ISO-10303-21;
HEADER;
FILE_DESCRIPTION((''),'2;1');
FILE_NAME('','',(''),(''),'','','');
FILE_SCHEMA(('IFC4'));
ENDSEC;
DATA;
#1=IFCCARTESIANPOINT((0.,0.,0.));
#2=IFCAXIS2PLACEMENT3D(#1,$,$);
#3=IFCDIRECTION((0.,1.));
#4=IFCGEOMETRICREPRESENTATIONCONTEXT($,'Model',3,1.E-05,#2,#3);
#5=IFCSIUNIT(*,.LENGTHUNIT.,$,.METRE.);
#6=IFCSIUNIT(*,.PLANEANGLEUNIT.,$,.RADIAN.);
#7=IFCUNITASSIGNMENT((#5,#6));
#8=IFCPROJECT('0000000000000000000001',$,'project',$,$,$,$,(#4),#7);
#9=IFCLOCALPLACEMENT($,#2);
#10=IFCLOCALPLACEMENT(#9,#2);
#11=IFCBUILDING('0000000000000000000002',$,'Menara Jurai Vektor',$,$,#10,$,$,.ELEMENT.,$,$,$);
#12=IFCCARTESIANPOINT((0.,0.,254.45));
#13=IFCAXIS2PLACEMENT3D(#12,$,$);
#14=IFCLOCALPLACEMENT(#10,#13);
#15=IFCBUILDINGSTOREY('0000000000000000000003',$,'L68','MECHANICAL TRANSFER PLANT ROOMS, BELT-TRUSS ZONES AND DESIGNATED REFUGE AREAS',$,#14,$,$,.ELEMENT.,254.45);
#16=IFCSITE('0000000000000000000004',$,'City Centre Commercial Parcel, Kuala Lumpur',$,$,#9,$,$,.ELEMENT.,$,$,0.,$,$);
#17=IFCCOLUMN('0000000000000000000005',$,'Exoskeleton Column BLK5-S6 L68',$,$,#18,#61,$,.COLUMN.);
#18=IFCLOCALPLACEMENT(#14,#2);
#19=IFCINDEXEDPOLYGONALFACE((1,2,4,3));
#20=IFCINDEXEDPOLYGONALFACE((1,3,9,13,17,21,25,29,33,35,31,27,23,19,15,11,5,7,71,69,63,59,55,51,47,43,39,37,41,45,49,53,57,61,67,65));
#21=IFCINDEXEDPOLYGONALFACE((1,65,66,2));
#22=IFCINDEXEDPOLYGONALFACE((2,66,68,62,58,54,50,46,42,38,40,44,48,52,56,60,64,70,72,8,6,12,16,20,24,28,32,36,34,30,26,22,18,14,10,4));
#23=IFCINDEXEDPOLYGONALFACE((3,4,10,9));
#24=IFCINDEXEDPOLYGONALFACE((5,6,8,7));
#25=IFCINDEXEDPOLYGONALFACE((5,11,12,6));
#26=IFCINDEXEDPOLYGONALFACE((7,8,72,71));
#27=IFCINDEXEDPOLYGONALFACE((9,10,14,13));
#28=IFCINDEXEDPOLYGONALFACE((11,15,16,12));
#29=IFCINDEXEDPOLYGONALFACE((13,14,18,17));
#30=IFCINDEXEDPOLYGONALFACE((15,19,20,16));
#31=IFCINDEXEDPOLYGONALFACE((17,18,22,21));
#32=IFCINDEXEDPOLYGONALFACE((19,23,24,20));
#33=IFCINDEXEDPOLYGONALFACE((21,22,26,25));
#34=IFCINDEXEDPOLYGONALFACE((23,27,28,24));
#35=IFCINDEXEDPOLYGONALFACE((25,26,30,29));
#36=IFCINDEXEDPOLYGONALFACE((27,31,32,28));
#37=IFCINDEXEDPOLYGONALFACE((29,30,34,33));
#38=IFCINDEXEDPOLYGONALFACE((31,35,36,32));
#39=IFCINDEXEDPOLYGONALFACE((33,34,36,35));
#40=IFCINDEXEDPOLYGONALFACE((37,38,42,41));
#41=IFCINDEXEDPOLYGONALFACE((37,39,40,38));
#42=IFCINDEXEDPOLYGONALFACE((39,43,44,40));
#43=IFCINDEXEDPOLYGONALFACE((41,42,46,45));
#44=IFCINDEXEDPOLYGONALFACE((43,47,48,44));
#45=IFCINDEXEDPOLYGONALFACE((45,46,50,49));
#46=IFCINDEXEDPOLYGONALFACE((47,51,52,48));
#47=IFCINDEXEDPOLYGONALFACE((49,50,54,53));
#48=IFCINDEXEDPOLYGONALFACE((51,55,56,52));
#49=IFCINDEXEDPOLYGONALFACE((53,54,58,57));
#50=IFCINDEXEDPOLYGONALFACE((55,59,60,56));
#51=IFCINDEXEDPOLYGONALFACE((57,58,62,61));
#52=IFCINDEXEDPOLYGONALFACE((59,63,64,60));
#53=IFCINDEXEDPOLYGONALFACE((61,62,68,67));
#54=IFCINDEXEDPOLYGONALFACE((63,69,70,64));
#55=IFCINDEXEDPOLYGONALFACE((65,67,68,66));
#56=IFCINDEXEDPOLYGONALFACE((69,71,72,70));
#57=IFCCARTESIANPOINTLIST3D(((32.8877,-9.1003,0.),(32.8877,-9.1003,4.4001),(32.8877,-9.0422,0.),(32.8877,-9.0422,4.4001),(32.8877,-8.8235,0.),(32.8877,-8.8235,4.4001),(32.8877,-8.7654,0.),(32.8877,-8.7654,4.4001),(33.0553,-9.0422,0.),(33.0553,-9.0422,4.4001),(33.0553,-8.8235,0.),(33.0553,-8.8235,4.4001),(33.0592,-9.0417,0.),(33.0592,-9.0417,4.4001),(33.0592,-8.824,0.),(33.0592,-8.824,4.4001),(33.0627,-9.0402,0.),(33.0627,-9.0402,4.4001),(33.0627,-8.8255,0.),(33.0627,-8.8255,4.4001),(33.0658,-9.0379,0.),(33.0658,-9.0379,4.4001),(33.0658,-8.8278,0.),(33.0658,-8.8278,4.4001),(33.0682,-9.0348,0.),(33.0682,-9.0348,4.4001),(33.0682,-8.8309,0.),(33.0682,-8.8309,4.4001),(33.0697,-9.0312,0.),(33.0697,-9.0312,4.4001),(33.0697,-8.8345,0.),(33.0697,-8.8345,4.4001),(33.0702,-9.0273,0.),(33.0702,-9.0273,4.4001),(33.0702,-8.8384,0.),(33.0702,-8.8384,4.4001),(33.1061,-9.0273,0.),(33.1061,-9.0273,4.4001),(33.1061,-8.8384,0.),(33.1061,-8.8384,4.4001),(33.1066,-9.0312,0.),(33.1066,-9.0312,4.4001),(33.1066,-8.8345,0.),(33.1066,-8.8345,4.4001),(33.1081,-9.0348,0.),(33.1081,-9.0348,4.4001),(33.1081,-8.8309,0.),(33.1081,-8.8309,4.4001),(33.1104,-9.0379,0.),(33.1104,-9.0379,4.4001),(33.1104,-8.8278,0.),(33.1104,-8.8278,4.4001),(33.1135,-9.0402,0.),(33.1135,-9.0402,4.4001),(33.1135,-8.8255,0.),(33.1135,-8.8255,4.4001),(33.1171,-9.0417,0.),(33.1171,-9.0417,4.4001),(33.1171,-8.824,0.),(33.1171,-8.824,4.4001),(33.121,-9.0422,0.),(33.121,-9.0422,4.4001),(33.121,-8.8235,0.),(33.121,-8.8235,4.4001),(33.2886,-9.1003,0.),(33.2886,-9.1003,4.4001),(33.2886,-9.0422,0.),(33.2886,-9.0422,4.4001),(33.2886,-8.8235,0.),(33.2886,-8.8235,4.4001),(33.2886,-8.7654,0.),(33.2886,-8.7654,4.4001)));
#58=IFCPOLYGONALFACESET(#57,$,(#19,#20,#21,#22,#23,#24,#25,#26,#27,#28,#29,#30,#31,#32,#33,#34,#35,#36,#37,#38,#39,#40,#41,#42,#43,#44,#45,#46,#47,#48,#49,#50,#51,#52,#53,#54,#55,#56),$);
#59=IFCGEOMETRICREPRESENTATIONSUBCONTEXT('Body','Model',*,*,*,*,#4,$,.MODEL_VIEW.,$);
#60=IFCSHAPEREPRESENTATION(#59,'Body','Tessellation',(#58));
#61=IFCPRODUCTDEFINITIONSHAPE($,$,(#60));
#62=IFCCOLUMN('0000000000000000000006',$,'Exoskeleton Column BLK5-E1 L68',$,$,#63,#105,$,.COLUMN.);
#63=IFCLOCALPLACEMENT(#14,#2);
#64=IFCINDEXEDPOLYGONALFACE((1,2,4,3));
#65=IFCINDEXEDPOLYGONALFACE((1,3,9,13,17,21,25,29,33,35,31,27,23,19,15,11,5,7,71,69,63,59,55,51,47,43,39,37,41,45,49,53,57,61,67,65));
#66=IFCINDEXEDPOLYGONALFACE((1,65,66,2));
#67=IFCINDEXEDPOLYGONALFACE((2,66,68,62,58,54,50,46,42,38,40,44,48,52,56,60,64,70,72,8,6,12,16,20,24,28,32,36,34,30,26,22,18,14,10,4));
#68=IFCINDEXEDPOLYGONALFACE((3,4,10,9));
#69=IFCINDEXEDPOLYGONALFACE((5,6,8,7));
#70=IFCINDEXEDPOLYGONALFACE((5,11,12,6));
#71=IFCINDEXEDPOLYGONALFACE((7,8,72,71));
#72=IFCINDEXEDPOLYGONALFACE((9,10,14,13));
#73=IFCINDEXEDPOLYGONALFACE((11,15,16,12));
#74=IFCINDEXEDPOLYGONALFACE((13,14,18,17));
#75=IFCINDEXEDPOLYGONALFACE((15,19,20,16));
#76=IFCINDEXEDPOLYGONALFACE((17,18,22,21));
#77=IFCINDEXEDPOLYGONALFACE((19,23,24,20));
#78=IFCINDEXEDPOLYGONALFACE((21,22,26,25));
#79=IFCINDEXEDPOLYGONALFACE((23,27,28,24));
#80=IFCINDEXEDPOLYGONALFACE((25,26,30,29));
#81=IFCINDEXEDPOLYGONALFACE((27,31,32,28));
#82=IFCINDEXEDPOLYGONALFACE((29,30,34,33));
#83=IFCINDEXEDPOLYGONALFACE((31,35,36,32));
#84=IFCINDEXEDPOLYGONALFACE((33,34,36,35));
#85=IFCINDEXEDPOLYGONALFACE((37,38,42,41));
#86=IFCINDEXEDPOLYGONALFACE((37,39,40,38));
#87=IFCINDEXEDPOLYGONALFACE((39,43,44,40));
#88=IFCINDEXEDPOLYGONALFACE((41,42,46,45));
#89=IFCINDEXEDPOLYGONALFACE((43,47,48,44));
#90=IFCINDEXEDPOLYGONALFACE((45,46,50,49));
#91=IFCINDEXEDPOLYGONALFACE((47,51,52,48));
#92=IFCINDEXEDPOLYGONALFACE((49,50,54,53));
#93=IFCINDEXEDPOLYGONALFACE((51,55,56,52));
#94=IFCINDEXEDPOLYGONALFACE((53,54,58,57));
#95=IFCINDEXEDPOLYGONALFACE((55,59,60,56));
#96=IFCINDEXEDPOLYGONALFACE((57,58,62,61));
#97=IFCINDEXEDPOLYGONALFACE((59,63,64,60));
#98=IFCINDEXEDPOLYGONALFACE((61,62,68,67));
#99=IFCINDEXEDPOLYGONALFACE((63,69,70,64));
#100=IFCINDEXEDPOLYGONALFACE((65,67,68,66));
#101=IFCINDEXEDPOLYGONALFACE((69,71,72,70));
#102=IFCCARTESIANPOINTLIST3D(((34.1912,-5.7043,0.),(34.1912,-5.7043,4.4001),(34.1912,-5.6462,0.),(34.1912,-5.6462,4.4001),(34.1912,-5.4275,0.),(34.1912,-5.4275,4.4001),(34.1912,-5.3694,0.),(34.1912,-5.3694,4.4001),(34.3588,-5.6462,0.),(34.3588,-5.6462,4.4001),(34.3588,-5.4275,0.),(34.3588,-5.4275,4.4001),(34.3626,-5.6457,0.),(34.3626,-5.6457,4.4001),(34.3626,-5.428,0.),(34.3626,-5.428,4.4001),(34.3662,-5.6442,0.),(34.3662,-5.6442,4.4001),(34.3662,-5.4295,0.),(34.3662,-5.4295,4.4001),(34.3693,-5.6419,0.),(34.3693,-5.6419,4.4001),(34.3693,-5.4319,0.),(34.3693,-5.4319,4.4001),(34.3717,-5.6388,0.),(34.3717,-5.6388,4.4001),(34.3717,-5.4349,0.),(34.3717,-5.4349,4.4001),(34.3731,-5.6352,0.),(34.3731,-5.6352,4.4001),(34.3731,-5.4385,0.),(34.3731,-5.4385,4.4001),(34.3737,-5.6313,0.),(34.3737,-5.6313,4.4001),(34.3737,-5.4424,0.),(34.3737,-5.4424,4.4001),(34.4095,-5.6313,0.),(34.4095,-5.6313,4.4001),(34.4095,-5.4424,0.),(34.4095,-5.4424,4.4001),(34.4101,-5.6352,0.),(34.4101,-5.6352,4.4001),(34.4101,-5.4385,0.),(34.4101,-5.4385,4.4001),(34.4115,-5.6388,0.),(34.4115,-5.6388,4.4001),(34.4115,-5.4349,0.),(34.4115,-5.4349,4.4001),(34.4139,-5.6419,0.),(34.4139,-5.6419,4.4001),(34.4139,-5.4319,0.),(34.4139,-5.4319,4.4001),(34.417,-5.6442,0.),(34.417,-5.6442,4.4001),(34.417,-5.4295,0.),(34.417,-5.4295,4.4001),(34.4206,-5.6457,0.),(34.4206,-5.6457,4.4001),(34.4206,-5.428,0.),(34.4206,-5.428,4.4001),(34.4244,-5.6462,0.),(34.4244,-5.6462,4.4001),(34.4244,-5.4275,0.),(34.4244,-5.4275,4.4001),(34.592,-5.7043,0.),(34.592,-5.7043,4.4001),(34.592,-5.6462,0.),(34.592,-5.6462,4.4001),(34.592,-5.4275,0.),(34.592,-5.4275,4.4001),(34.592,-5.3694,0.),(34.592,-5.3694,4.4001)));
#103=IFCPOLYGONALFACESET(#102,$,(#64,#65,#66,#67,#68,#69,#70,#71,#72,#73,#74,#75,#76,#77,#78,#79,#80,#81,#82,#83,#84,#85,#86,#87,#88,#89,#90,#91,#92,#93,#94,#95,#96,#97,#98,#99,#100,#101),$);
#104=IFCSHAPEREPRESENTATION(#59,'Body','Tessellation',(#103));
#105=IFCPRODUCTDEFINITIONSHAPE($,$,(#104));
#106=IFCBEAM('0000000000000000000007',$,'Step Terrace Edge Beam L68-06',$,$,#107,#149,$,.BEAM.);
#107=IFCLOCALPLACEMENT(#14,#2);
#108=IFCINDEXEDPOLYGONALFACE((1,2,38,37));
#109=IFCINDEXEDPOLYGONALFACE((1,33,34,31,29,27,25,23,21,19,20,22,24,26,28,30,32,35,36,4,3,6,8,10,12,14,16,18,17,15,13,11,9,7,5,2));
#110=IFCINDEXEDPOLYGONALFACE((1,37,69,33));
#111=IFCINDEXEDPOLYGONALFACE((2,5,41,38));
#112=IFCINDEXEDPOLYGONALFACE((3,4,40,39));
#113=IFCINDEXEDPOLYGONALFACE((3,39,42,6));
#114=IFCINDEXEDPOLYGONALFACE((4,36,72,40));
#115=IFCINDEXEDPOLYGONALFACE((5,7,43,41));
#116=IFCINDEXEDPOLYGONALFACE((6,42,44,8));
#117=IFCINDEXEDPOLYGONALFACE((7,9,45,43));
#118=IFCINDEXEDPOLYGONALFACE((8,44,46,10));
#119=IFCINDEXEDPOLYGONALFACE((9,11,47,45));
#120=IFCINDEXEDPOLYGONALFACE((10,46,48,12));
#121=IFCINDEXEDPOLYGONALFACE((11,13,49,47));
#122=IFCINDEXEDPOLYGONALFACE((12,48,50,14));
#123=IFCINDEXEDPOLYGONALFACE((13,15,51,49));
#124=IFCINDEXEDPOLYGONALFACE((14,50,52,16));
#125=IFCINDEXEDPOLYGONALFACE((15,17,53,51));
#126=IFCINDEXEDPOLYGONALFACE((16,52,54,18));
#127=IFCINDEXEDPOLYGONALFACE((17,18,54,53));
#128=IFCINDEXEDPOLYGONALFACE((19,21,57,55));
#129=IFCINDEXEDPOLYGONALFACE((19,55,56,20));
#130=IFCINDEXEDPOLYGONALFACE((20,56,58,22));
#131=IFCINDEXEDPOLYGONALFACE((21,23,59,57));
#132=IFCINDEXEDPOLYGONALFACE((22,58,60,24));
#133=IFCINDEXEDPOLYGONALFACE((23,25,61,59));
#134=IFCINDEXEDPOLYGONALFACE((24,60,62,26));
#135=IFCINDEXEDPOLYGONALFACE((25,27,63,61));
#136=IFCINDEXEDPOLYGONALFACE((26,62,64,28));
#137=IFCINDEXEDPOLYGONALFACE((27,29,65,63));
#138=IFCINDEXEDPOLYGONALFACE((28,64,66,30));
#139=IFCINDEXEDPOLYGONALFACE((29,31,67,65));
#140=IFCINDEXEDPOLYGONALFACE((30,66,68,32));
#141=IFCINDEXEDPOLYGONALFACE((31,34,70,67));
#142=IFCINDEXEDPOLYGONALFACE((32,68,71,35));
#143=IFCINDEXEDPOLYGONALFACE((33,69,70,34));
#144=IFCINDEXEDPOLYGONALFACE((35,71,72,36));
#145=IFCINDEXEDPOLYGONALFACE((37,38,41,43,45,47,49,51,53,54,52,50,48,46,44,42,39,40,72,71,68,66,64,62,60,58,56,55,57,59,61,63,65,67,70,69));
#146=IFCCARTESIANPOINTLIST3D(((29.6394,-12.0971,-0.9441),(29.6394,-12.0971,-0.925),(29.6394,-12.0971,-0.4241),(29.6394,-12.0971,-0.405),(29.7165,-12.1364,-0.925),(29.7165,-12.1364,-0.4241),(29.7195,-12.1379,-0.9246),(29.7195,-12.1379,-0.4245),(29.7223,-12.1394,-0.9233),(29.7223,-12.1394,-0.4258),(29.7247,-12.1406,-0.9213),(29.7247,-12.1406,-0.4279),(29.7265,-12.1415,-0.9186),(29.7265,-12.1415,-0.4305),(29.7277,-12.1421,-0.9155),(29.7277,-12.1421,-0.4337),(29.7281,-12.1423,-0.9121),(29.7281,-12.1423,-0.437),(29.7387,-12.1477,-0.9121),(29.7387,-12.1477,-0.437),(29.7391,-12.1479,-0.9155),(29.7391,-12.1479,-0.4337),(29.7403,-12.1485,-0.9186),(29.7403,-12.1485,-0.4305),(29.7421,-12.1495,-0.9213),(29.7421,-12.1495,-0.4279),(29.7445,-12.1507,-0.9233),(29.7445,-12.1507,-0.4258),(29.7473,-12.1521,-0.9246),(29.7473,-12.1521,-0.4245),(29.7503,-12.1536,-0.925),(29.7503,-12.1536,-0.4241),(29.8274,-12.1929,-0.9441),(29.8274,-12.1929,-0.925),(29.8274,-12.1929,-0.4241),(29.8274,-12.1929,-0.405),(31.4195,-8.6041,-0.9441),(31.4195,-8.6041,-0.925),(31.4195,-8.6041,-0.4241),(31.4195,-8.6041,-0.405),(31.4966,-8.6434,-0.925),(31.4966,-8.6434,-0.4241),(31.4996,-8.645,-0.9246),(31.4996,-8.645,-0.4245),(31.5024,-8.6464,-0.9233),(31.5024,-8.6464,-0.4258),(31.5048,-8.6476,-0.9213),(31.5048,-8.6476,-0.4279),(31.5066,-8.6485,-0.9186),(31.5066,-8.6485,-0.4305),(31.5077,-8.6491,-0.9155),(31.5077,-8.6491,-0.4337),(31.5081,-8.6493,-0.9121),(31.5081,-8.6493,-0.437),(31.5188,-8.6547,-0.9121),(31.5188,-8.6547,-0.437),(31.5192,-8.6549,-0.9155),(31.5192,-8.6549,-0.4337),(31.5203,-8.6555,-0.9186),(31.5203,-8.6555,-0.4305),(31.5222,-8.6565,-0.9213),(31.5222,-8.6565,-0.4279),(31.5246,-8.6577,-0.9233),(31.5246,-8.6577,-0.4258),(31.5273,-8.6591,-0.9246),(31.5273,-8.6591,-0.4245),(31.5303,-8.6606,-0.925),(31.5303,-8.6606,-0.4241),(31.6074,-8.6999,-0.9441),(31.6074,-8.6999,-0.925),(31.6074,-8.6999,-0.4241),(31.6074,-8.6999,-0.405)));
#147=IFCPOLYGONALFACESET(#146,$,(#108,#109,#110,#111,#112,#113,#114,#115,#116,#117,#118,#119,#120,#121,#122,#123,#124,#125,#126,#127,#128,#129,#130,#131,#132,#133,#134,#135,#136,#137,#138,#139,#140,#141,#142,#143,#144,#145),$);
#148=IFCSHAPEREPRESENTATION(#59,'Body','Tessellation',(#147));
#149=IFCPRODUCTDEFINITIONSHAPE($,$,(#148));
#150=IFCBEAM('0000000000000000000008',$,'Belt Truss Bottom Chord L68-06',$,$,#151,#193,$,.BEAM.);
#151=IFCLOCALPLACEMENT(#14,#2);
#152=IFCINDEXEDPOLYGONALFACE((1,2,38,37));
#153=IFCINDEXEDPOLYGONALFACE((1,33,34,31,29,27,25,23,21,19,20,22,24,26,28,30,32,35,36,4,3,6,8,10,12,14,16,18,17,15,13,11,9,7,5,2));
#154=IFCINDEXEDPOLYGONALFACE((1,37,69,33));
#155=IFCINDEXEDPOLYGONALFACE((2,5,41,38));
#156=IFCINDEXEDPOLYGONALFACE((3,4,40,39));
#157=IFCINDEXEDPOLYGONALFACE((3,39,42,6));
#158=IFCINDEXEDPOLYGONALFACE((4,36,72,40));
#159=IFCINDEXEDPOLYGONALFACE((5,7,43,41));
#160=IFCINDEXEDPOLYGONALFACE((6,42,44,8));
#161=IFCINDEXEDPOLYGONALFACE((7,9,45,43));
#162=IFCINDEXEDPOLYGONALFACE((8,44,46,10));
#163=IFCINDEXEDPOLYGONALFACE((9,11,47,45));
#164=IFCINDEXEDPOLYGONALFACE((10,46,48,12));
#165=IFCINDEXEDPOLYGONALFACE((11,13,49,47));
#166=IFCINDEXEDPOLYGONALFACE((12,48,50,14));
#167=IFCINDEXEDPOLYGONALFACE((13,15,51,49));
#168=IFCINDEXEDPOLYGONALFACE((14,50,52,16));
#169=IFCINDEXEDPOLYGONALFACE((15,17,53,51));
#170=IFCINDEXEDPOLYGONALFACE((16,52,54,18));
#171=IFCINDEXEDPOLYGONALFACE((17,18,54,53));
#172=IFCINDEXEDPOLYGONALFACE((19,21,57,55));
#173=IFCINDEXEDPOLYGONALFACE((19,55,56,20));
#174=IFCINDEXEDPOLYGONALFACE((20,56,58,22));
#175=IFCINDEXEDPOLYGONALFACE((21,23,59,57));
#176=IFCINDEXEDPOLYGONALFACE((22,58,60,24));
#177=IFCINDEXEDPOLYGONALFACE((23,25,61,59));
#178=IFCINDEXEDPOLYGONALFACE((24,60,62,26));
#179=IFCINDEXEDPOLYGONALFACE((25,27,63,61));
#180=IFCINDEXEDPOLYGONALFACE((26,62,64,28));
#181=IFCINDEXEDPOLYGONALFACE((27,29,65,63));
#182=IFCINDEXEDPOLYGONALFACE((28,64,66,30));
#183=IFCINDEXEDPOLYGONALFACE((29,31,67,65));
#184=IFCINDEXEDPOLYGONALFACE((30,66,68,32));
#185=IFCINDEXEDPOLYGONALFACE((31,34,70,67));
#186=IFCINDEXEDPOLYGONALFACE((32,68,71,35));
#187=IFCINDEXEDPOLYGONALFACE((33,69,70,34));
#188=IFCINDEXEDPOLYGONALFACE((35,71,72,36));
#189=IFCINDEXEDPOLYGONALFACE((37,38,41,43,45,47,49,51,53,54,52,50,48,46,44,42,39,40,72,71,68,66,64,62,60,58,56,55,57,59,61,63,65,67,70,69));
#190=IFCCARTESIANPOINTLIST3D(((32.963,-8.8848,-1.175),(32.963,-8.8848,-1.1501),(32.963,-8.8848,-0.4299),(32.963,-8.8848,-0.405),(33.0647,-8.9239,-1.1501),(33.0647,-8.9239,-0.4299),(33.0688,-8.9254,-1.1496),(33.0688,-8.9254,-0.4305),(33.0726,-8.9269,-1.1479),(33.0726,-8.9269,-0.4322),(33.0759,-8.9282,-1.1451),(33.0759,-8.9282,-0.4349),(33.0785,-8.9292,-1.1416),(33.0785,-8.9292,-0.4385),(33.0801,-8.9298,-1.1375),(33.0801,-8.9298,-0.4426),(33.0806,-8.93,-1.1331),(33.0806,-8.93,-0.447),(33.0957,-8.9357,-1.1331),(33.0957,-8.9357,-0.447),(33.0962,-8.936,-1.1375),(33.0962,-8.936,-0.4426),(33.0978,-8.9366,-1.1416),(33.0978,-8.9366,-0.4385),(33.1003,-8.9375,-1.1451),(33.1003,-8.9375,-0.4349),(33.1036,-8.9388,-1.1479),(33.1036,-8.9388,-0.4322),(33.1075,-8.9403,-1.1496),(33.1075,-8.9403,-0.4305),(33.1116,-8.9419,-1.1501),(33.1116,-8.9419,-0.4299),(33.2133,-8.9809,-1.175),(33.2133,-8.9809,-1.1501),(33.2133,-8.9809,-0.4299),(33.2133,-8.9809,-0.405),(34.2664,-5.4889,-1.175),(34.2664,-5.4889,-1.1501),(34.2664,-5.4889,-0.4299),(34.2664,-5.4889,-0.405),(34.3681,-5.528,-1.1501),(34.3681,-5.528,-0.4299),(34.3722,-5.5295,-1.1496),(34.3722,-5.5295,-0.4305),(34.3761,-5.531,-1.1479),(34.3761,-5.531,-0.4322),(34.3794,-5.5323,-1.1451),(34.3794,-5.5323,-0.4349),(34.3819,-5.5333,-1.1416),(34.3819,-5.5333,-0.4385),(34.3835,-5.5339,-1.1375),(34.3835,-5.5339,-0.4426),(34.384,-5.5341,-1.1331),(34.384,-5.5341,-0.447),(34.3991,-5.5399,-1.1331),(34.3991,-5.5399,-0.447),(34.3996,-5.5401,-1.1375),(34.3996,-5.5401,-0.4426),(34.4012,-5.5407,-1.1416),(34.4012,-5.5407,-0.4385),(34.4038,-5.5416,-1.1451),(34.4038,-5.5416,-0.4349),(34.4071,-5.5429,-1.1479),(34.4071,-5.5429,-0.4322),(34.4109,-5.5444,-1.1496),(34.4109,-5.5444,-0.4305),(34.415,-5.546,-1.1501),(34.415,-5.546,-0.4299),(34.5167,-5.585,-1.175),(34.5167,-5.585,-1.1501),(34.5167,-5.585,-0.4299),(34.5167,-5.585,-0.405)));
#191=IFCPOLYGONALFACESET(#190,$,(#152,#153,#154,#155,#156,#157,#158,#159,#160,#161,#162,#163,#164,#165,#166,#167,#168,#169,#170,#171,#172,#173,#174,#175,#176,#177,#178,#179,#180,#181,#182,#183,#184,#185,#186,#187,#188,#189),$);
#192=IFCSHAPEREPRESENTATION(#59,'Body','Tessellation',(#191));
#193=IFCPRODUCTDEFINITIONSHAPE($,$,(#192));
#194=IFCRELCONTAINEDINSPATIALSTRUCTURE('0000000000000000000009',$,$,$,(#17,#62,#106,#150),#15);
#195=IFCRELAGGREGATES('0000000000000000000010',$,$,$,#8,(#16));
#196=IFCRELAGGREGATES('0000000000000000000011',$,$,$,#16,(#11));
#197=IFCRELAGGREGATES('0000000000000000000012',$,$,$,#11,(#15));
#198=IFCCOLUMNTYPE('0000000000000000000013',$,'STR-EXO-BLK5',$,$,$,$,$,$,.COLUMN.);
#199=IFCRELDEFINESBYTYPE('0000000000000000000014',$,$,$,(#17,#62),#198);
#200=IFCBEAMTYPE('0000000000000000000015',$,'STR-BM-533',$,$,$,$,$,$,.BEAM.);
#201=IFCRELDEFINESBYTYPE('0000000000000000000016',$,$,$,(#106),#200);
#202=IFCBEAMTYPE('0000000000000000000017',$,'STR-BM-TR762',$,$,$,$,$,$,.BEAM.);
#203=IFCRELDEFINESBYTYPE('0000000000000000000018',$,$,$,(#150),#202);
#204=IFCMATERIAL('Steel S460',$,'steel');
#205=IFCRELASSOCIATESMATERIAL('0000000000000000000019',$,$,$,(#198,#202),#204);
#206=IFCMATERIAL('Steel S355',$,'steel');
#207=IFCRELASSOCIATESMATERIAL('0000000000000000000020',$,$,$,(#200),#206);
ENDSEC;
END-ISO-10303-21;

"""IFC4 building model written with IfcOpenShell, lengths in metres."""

from ifc_helpers import new_model, si_unit, direction, frame, origin, origin_2d, place, context, subcontext, project, spatial, i_section, extrude, material, material_profile, profile_set, type_object, element, save


model = new_model("IFC4")

# Units and contexts
model_context = context("Model", 3, precision=1e-05, world=origin(), true_north=direction((0.0, 1.0)))
body_context = subcontext(model_context, "Body", "Model", "MODEL_VIEW")
ifc_project = project(units=[si_unit("LENGTHUNIT", "METRE"), si_unit("PLANEANGLEUNIT", "RADIAN")], contexts=[model_context])

# Site, building, storey
site_placement = place(None, origin())
site = spatial("IfcSite", under=ifc_project, at=site_placement, Name="City Centre Commercial Parcel, Kuala Lumpur", CompositionType="ELEMENT", RefElevation=0.0)
building_placement = place(site_placement, origin())
building = spatial("IfcBuilding", under=site, at=building_placement, Name="Menara Jurai Vektor", CompositionType="ELEMENT")
storey_placement = place(building_placement, frame((0.0, 0.0, 254.45)))
storey = spatial("IfcBuildingStorey", under=building, at=storey_placement, Name="L68", Description="MECHANICAL TRANSFER PLANT ROOMS, BELT-TRUSS ZONES AND DESIGNATED REFUGE AREAS", CompositionType="ELEMENT", Elevation=254.45)

# Columns
ifc_material_1 = material(Name="Steel S460", Category="steel")
ifc_material_profile_1 = material_profile(ifc_material_1, i_section(OverallWidth=0.4009, OverallDepth=0.335, WebThickness=0.0359, FlangeThickness=0.0581, FilletRadius=0.0149, at=origin_2d()), Name="HD 400x463")
ifc_profile_set_1 = profile_set([ifc_material_profile_1], Name="Steel S460")
column_type = type_object("IfcColumnType", Name="STR-EXO-BLK5", PredefinedType="COLUMN", material=ifc_profile_set_1)
for number, where, z_axis, x_axis, name in (
    (1, (33.0881, -8.9329, 0.0), (0.0, 0.0, 1.0), (1.0, 0.0, 0.0), "Exoskeleton Column BLK5-S6 L68"),
    (2, (34.3916, -5.5369, 0.0), (0.0, 0.0, 1.0), (1.0, 0.0, 0.0), "Exoskeleton Column BLK5-E1 L68"),
):
    element("IfcColumn", number, at=place(storey_placement, frame(where, z_axis=z_axis, x_axis=x_axis)), inside=storey, type_object=column_type, Name=name, PredefinedType="COLUMN", context=body_context, shape_type="SweptSolid", body=[
        extrude(i_section(OverallWidth=0.4009, OverallDepth=0.335, WebThickness=0.0359, FlangeThickness=0.0581, FilletRadius=0.0149, at=origin_2d()), origin(), (0.0, 0.0, 1.0), 4.4001),
    ])

# Beams
ifc_material_2 = material(Name="Steel S355", Category="steel")
ifc_material_profile_2 = material_profile(ifc_material_2, i_section(OverallWidth=0.2109, OverallDepth=0.5391, WebThickness=0.012, FlangeThickness=0.019, FilletRadius=0.0129, at=origin_2d()), Name="UKB 533x210x109")
ifc_profile_set_2 = profile_set([ifc_material_profile_2], Name="Steel S355")
beam_type_1 = type_object("IfcBeamType", Name="STR-BM-533", PredefinedType="BEAM", material=ifc_profile_set_2)
beam_1_placement = place(storey_placement, frame((29.7334, -12.145, -0.6746), z_axis=(0.454051, 0.890976, 0.0), x_axis=(-0.890976, 0.454051, 0.0)))
element("IfcBeam", 3, at=beam_1_placement, inside=storey, type_object=beam_type_1, Name="Step Terrace Edge Beam L68-06", PredefinedType="BEAM", context=body_context, shape_type="SweptSolid", body=[
    extrude(i_section(OverallWidth=0.2109, OverallDepth=0.5391, WebThickness=0.012, FlangeThickness=0.019, FilletRadius=0.0129, at=origin_2d()), origin(), (0.0, 0.0, 1.0), 3.9204),
])
ifc_material_profile_3 = material_profile(ifc_material_1, i_section(OverallWidth=0.2681, OverallDepth=0.77, WebThickness=0.0161, FlangeThickness=0.0249, FilletRadius=0.0171, at=origin_2d()), Name="UKB 762x267x197")
ifc_profile_set_3 = profile_set([ifc_material_profile_3], Name="Steel S460")
beam_type_2 = type_object("IfcBeamType", Name="STR-BM-TR762", PredefinedType="BEAM", material=ifc_profile_set_3)
beam_2_placement = place(storey_placement, frame((33.0881, -8.9329, -0.79), z_axis=(0.358336, 0.933593, 0.0), x_axis=(-0.933593, 0.358336, 0.0)))
element("IfcBeam", 4, at=beam_2_placement, inside=storey, type_object=beam_type_2, Name="Belt Truss Bottom Chord L68-06", PredefinedType="BEAM", context=body_context, shape_type="SweptSolid", body=[
    extrude(i_section(OverallWidth=0.2681, OverallDepth=0.77, WebThickness=0.0161, FlangeThickness=0.0249, FilletRadius=0.0171, at=origin_2d()), origin(), (0.0, 0.0, 1.0), 3.6375),
])

save(model, "model.ifc")
